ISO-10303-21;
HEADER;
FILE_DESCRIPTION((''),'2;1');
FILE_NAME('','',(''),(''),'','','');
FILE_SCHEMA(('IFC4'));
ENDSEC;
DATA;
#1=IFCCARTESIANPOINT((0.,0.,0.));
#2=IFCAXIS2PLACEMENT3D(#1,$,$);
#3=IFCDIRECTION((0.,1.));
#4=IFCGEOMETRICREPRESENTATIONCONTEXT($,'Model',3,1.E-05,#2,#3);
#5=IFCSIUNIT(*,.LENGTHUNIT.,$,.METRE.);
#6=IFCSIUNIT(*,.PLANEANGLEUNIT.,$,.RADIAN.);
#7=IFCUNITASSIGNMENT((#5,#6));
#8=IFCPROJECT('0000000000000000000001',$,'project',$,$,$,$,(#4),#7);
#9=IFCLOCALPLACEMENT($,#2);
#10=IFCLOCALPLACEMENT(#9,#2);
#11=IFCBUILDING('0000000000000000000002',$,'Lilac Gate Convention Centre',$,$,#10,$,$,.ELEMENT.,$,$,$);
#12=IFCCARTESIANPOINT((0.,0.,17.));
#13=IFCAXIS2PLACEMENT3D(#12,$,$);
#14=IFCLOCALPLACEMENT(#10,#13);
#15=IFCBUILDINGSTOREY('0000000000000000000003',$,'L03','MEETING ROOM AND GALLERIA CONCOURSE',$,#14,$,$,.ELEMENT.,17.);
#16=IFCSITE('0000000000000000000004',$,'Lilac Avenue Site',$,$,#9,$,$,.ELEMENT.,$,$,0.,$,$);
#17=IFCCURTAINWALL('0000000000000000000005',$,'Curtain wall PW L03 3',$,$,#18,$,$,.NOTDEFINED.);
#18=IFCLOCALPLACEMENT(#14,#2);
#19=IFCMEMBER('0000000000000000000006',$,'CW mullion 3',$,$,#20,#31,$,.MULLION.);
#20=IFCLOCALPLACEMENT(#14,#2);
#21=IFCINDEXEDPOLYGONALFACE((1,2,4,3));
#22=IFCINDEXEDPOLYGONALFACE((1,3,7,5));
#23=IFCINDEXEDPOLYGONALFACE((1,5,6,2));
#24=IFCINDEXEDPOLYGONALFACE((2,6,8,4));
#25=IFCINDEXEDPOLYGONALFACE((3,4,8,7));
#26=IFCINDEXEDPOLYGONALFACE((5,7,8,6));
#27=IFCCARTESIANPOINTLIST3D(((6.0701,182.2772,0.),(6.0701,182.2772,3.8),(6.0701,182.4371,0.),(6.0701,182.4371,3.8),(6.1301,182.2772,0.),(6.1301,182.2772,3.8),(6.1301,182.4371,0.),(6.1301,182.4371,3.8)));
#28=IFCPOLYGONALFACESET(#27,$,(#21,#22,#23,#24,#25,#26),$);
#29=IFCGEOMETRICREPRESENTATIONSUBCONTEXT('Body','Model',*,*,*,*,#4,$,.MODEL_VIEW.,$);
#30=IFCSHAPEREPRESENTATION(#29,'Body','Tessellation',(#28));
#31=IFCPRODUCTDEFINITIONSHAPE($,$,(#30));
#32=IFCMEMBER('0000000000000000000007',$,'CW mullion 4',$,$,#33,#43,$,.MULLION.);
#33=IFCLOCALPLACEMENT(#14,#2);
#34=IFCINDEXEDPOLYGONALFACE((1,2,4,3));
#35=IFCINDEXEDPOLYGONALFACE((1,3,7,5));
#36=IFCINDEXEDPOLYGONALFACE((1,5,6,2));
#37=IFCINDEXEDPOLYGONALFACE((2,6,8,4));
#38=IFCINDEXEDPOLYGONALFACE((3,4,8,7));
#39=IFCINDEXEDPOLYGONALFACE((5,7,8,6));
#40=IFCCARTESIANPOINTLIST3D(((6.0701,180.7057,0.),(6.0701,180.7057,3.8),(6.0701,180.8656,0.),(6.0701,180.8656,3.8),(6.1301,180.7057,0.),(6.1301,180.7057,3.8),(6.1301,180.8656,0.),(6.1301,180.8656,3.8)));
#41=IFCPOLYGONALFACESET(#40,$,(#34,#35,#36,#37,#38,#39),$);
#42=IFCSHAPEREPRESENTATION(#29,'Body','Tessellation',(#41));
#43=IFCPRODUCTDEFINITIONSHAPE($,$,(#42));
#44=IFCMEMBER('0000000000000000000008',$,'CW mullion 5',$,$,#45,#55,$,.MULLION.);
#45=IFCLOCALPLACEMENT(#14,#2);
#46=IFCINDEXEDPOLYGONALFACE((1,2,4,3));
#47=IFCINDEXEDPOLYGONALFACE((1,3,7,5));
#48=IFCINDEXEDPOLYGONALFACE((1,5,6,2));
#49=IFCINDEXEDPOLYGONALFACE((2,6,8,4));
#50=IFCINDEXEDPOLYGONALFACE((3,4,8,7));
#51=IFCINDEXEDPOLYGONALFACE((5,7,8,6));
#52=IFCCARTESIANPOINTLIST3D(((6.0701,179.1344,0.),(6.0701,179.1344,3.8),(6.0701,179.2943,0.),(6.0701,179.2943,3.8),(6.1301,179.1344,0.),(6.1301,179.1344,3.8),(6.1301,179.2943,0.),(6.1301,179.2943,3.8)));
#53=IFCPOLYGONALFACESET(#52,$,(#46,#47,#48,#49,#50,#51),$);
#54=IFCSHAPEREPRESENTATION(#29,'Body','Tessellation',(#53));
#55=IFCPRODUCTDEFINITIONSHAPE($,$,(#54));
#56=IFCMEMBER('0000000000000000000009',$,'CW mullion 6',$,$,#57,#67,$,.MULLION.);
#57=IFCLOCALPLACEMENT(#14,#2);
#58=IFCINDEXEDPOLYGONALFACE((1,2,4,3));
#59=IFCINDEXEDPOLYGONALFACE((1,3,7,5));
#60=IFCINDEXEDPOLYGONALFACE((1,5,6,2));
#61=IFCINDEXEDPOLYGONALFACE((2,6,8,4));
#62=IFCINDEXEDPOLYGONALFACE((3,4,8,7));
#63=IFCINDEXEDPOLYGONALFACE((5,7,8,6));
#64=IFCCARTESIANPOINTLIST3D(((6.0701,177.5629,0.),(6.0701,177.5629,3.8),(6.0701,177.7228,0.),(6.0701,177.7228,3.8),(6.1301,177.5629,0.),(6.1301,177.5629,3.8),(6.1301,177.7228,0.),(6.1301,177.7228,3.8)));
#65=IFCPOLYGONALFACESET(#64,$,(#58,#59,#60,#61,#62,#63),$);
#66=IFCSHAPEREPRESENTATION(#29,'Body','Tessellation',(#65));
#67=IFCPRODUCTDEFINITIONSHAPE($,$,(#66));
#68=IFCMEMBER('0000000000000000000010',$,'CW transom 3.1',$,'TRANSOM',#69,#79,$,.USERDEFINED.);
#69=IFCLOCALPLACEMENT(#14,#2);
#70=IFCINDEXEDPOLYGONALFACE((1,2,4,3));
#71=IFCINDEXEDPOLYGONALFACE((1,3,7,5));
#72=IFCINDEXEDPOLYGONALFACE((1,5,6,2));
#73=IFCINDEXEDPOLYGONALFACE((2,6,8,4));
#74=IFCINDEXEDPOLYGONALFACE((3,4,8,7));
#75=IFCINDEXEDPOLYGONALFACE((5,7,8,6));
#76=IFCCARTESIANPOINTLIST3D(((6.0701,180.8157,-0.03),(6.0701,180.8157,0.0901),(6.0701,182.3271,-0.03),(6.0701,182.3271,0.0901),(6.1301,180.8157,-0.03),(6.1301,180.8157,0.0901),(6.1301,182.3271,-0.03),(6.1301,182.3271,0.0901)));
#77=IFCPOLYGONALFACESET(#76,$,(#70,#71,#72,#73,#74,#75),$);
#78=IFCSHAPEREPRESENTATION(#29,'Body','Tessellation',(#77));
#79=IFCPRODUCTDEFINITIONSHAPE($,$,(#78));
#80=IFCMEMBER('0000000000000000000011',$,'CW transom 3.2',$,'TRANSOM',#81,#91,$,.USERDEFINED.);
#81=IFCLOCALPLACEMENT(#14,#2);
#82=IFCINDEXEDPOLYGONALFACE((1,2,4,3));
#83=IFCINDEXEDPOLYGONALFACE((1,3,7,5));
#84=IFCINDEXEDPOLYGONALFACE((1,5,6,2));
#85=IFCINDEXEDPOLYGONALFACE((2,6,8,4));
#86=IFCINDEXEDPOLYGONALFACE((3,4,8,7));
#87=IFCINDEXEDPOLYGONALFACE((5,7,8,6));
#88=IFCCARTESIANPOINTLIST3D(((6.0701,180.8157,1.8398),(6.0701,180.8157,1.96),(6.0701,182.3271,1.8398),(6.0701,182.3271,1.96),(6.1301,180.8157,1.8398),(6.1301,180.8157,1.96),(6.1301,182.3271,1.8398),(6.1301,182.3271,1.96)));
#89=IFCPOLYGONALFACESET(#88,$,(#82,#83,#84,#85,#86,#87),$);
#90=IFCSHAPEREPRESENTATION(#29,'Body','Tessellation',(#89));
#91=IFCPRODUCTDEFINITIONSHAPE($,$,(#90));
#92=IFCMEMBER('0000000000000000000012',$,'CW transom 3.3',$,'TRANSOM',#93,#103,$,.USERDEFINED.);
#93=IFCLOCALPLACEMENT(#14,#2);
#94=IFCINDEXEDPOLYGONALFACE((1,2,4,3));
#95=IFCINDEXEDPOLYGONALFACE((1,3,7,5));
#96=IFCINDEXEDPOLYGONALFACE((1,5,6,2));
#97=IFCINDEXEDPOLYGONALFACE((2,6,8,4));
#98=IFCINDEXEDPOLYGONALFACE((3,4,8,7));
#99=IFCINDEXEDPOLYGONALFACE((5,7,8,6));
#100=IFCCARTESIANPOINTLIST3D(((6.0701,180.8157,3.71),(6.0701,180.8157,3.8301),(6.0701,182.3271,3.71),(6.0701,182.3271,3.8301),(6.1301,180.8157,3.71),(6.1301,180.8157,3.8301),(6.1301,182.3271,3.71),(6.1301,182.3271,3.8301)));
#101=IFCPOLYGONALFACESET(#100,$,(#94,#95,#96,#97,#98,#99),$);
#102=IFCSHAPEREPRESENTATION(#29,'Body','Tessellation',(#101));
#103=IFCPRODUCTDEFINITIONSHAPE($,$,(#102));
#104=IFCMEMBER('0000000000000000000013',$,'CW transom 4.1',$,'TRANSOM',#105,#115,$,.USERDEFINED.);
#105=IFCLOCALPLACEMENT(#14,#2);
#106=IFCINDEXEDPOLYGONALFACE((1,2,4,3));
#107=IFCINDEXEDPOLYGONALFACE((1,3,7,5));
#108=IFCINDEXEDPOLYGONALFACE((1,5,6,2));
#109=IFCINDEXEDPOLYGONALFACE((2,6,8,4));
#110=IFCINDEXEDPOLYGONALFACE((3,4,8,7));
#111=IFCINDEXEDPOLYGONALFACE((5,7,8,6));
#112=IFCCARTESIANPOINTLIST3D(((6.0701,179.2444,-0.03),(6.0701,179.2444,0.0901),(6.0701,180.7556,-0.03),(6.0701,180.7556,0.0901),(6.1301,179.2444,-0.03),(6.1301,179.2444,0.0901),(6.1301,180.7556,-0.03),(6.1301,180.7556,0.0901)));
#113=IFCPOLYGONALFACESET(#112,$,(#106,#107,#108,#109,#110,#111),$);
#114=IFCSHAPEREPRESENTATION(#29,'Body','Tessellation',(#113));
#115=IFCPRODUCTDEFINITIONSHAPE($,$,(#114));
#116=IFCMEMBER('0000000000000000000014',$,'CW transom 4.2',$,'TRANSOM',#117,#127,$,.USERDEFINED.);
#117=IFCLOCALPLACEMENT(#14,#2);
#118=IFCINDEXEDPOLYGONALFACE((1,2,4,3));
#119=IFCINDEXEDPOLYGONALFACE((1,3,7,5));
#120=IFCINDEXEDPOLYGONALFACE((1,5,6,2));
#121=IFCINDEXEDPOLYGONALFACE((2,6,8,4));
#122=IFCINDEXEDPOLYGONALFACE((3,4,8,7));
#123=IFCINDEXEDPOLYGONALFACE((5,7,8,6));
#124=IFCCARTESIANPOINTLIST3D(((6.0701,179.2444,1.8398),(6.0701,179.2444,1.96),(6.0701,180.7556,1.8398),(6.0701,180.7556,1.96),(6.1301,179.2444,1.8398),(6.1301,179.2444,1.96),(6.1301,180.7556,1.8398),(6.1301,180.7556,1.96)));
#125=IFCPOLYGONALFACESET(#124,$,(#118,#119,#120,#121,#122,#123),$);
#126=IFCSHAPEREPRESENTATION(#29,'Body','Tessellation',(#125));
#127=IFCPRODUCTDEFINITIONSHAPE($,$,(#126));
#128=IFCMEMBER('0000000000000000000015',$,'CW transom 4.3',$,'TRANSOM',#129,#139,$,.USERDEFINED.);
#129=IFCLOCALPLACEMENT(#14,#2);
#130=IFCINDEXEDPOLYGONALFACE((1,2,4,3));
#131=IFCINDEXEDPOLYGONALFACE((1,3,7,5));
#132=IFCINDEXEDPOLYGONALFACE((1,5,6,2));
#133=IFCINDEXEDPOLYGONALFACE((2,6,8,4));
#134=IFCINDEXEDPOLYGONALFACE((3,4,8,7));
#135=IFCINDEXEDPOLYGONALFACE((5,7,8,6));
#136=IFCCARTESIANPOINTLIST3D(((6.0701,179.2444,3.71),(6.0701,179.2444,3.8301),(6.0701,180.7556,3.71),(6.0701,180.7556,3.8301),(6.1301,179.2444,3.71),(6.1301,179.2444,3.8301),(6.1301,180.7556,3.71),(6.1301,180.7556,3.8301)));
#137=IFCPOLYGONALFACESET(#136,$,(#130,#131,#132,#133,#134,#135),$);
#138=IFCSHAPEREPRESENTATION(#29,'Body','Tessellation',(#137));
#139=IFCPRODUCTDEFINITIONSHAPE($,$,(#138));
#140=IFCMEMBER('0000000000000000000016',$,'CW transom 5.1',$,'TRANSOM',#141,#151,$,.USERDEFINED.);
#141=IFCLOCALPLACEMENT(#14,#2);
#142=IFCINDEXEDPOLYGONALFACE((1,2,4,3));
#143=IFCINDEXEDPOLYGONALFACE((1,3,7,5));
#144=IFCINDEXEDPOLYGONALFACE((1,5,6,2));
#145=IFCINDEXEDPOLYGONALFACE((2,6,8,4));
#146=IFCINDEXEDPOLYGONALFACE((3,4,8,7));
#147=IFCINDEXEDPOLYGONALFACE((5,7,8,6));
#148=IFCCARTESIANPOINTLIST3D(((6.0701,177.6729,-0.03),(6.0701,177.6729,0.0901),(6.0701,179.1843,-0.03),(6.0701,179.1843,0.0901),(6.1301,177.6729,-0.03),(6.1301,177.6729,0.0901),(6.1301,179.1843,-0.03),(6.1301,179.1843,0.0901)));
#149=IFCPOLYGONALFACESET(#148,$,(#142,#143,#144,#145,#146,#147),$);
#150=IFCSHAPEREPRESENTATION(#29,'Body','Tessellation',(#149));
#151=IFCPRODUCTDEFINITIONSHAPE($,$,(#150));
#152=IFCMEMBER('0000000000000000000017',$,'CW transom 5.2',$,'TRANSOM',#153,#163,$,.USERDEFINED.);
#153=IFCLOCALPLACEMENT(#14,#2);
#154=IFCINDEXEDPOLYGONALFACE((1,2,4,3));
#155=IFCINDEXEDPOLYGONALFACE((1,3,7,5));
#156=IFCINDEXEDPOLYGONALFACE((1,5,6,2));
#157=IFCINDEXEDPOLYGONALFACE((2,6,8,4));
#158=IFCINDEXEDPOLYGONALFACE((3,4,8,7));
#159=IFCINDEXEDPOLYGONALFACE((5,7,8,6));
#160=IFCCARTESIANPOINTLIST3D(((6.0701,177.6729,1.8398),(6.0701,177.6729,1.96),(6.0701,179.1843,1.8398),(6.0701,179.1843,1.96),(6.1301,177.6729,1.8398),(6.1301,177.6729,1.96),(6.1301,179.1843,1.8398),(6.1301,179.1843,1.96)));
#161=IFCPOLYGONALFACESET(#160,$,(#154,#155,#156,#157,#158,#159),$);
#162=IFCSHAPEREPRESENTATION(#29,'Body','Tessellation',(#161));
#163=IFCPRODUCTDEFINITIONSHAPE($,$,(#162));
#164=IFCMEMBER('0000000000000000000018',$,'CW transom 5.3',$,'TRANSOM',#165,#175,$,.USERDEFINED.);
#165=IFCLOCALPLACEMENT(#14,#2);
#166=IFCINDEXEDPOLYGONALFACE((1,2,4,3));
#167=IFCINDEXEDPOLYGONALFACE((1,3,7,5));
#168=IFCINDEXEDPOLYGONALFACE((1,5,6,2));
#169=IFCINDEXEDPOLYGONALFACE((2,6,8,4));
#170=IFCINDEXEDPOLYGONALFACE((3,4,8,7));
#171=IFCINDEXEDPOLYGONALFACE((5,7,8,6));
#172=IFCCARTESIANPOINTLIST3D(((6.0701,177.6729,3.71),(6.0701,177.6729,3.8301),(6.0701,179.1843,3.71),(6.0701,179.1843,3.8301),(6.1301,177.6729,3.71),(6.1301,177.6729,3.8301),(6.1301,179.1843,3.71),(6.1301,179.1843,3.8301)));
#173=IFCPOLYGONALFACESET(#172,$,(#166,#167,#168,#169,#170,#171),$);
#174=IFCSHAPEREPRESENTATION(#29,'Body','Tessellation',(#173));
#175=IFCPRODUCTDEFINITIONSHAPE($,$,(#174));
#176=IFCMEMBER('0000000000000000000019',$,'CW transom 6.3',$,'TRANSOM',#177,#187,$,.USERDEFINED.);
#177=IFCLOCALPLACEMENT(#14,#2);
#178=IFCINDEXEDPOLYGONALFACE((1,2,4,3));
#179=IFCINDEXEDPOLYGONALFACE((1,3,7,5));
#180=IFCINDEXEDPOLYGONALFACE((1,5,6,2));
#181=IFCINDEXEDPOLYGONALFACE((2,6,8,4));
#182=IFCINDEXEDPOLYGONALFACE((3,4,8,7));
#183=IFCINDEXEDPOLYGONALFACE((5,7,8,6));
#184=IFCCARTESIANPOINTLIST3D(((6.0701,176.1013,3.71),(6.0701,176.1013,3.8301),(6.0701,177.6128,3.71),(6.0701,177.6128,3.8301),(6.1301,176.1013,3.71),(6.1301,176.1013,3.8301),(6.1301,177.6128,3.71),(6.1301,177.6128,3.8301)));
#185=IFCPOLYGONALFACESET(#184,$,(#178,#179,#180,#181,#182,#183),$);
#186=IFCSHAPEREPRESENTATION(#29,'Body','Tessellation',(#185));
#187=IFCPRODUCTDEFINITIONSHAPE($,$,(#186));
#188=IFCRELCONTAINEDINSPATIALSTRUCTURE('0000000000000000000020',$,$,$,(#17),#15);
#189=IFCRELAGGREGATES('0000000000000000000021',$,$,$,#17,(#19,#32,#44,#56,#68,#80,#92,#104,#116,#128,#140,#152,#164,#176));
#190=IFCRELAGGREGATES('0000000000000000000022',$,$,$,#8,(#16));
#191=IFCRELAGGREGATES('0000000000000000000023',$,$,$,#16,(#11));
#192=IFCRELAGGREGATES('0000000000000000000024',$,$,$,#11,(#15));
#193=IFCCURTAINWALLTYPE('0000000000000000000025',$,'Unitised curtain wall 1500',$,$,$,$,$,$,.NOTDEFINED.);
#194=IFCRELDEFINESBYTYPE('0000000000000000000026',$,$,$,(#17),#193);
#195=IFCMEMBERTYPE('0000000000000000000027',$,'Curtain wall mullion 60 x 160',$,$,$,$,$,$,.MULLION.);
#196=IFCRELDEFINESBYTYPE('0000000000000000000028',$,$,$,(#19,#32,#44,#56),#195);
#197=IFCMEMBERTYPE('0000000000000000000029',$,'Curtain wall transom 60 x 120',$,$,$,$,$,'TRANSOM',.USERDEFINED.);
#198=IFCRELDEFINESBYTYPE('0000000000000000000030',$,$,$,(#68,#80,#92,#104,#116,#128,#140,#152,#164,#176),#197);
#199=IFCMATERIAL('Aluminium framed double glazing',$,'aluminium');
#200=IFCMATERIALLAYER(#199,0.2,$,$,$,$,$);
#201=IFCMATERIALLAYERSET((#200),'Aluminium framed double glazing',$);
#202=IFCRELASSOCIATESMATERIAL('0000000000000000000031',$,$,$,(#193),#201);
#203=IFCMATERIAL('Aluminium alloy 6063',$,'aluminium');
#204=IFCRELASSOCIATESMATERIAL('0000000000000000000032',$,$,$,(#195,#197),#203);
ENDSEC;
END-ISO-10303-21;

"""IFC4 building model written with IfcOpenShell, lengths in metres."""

from ifc_helpers import new_model, si_unit, direction, frame, origin, origin_2d, place, context, subcontext, project, spatial, rectangle, extrude, material, layer, layer_set, material_profile, profile_set, type_object, element, aggregate, save


model = new_model("IFC4")

# Units and contexts
model_context = context("Model", 3, precision=1e-05, world=origin(), true_north=direction((0.0, 1.0)))
body_context = subcontext(model_context, "Body", "Model", "MODEL_VIEW")
ifc_project = project(units=[si_unit("LENGTHUNIT", "METRE"), si_unit("PLANEANGLEUNIT", "RADIAN")], contexts=[model_context])

# Site, building, storey
site_placement = place(None, origin())
site = spatial("IfcSite", under=ifc_project, at=site_placement, Name="Lilac Avenue Site", CompositionType="ELEMENT", RefElevation=0.0)
building_placement = place(site_placement, origin())
building = spatial("IfcBuilding", under=site, at=building_placement, Name="Lilac Gate Convention Centre", CompositionType="ELEMENT")
storey_placement = place(building_placement, frame((0.0, 0.0, 17.0)))
storey = spatial("IfcBuildingStorey", under=building, at=storey_placement, Name="L03", Description="MEETING ROOM AND GALLERIA CONCOURSE", CompositionType="ELEMENT", Elevation=17.0)

# Curtain wall, members
ifc_material_1 = material(Name="Aluminium framed double glazing", Category="aluminium")
ifc_layer_1 = layer(ifc_material_1, 0.2)
ifc_layer_set_1 = layer_set([ifc_layer_1], Name="Aluminium framed double glazing")
curtain_wall_type = type_object("IfcCurtainWallType", Name="Unitised curtain wall 1500", PredefinedType="NOTDEFINED", material=ifc_layer_set_1)
curtain_wall_placement = place(storey_placement, origin())
curtain_wall = element("IfcCurtainWall", 1, at=curtain_wall_placement, inside=storey, type_object=curtain_wall_type, Name="Curtain wall PW L03 3", PredefinedType="NOTDEFINED")
ifc_material_2 = material(Name="Aluminium alloy 6063", Category="aluminium")
ifc_material_profile_1 = material_profile(ifc_material_2, rectangle(XDim=0.0601, YDim=0.1599, at=origin_2d()), Name="Curtain wall mullion 60 x 160")
ifc_profile_set_1 = profile_set([ifc_material_profile_1], Name="Aluminium alloy 6063")
member_type_1 = type_object("IfcMemberType", Name="Curtain wall mullion 60 x 160", PredefinedType="MULLION", material=ifc_profile_set_1)
member_1_placement = place(storey_placement, frame((6.1001, 182.3572, 0.0), z_axis=(0.0, 0.0, 1.0), x_axis=(1.0, 0.0, 0.0)))
member_1 = element("IfcMember", 2, at=member_1_placement, type_object=member_type_1, Name="CW mullion 3", PredefinedType="MULLION", context=body_context, shape_type="SweptSolid", body=[
    extrude(rectangle(XDim=0.0601, YDim=0.1599, at=origin_2d()), origin(), (0.0, 0.0, 1.0), 3.8),
])
member_2_placement = place(storey_placement, frame((6.1001, 180.7856, 0.0), z_axis=(0.0, 0.0, 1.0), x_axis=(1.0, 0.0, 0.0)))
member_2 = element("IfcMember", 3, at=member_2_placement, type_object=member_type_1, Name="CW mullion 4", PredefinedType="MULLION", context=body_context, shape_type="SweptSolid", body=[
    extrude(rectangle(XDim=0.0601, YDim=0.1599, at=origin_2d()), origin(), (0.0, 0.0, 1.0), 3.8),
])
member_3_placement = place(storey_placement, frame((6.1001, 179.2144, 0.0), z_axis=(0.0, 0.0, 1.0), x_axis=(1.0, 0.0, 0.0)))
member_3 = element("IfcMember", 4, at=member_3_placement, type_object=member_type_1, Name="CW mullion 5", PredefinedType="MULLION", context=body_context, shape_type="SweptSolid", body=[
    extrude(rectangle(XDim=0.0601, YDim=0.1599, at=origin_2d()), origin(), (0.0, 0.0, 1.0), 3.8),
])
member_4_placement = place(storey_placement, frame((6.1001, 177.6428, 0.0), z_axis=(0.0, 0.0, 1.0), x_axis=(1.0, 0.0, 0.0)))
member_4 = element("IfcMember", 5, at=member_4_placement, type_object=member_type_1, Name="CW mullion 6", PredefinedType="MULLION", context=body_context, shape_type="SweptSolid", body=[
    extrude(rectangle(XDim=0.0601, YDim=0.1599, at=origin_2d()), origin(), (0.0, 0.0, 1.0), 3.8),
])
ifc_material_profile_2 = material_profile(ifc_material_2, rectangle(XDim=0.0601, YDim=0.1201, at=origin_2d()), Name="Curtain wall transom 60 x 120")
ifc_profile_set_2 = profile_set([ifc_material_profile_2], Name="Aluminium alloy 6063")
member_type_2 = type_object("IfcMemberType", Name="Curtain wall transom 60 x 120", ElementType="TRANSOM", PredefinedType="USERDEFINED", material=ifc_profile_set_2)
member_5_placement = place(storey_placement, frame((6.1001, 182.3271, 0.03), z_axis=(0.0, -1.0, 0.0), x_axis=(1.0, 0.0, 0.0)))
member_5 = element("IfcMember", 6, at=member_5_placement, type_object=member_type_2, Name="CW transom 3.1", ObjectType="TRANSOM", PredefinedType="USERDEFINED", context=body_context, shape_type="SweptSolid", body=[
    extrude(rectangle(XDim=0.0601, YDim=0.1201, at=origin_2d()), origin(), (0.0, 0.0, 1.0), 1.5115),
])
member_6_placement = place(storey_placement, frame((6.1001, 182.3271, 1.8999), z_axis=(0.0, -1.0, 0.0), x_axis=(1.0, 0.0, 0.0)))
member_6 = element("IfcMember", 7, at=member_6_placement, type_object=member_type_2, Name="CW transom 3.2", ObjectType="TRANSOM", PredefinedType="USERDEFINED", context=body_context, shape_type="SweptSolid", body=[
    extrude(rectangle(XDim=0.0601, YDim=0.1201, at=origin_2d()), origin(), (0.0, 0.0, 1.0), 1.5115),
])
member_7_placement = place(storey_placement, frame((6.1001, 182.3271, 3.77), z_axis=(0.0, -1.0, 0.0), x_axis=(1.0, 0.0, 0.0)))
member_7 = element("IfcMember", 8, at=member_7_placement, type_object=member_type_2, Name="CW transom 3.3", ObjectType="TRANSOM", PredefinedType="USERDEFINED", context=body_context, shape_type="SweptSolid", body=[
    extrude(rectangle(XDim=0.0601, YDim=0.1201, at=origin_2d()), origin(), (0.0, 0.0, 1.0), 1.5115),
])
member_8_placement = place(storey_placement, frame((6.1001, 180.7556, 0.03), z_axis=(0.0, -1.0, 0.0), x_axis=(1.0, 0.0, 0.0)))
member_8 = element("IfcMember", 9, at=member_8_placement, type_object=member_type_2, Name="CW transom 4.1", ObjectType="TRANSOM", PredefinedType="USERDEFINED", context=body_context, shape_type="SweptSolid", body=[
    extrude(rectangle(XDim=0.0601, YDim=0.1201, at=origin_2d()), origin(), (0.0, 0.0, 1.0), 1.5112),
])
member_9_placement = place(storey_placement, frame((6.1001, 180.7556, 1.8999), z_axis=(0.0, -1.0, 0.0), x_axis=(1.0, 0.0, 0.0)))
member_9 = element("IfcMember", 10, at=member_9_placement, type_object=member_type_2, Name="CW transom 4.2", ObjectType="TRANSOM", PredefinedType="USERDEFINED", context=body_context, shape_type="SweptSolid", body=[
    extrude(rectangle(XDim=0.0601, YDim=0.1201, at=origin_2d()), origin(), (0.0, 0.0, 1.0), 1.5112),
])
member_10_placement = place(storey_placement, frame((6.1001, 180.7556, 3.77), z_axis=(0.0, -1.0, 0.0), x_axis=(1.0, 0.0, 0.0)))
member_10 = element("IfcMember", 11, at=member_10_placement, type_object=member_type_2, Name="CW transom 4.3", ObjectType="TRANSOM", PredefinedType="USERDEFINED", context=body_context, shape_type="SweptSolid", body=[
    extrude(rectangle(XDim=0.0601, YDim=0.1201, at=origin_2d()), origin(), (0.0, 0.0, 1.0), 1.5112),
])
member_11_placement = place(storey_placement, frame((6.1001, 179.1843, 0.03), z_axis=(0.0, -1.0, 0.0), x_axis=(1.0, 0.0, 0.0)))
member_11 = element("IfcMember", 12, at=member_11_placement, type_object=member_type_2, Name="CW transom 5.1", ObjectType="TRANSOM", PredefinedType="USERDEFINED", context=body_context, shape_type="SweptSolid", body=[
    extrude(rectangle(XDim=0.0601, YDim=0.1201, at=origin_2d()), origin(), (0.0, 0.0, 1.0), 1.5115),
])
member_12_placement = place(storey_placement, frame((6.1001, 179.1843, 1.8999), z_axis=(0.0, -1.0, 0.0), x_axis=(1.0, 0.0, 0.0)))
member_12 = element("IfcMember", 13, at=member_12_placement, type_object=member_type_2, Name="CW transom 5.2", ObjectType="TRANSOM", PredefinedType="USERDEFINED", context=body_context, shape_type="SweptSolid", body=[
    extrude(rectangle(XDim=0.0601, YDim=0.1201, at=origin_2d()), origin(), (0.0, 0.0, 1.0), 1.5115),
])
member_13_placement = place(storey_placement, frame((6.1001, 179.1843, 3.77), z_axis=(0.0, -1.0, 0.0), x_axis=(1.0, 0.0, 0.0)))
member_13 = element("IfcMember", 14, at=member_13_placement, type_object=member_type_2, Name="CW transom 5.3", ObjectType="TRANSOM", PredefinedType="USERDEFINED", context=body_context, shape_type="SweptSolid", body=[
    extrude(rectangle(XDim=0.0601, YDim=0.1201, at=origin_2d()), origin(), (0.0, 0.0, 1.0), 1.5115),
])
member_14_placement = place(storey_placement, frame((6.1001, 177.6128, 3.77), z_axis=(0.0, -1.0, 0.0), x_axis=(1.0, 0.0, 0.0)))
member_14 = element("IfcMember", 15, at=member_14_placement, type_object=member_type_2, Name="CW transom 6.3", ObjectType="TRANSOM", PredefinedType="USERDEFINED", context=body_context, shape_type="SweptSolid", body=[
    extrude(rectangle(XDim=0.0601, YDim=0.1201, at=origin_2d()), origin(), (0.0, 0.0, 1.0), 1.5115),
])
aggregate(curtain_wall, [member_1, member_2, member_3, member_4, member_5, member_6, member_7, member_8, member_9, member_10, member_11, member_12, member_13, member_14])

save(model, "model.ifc")
